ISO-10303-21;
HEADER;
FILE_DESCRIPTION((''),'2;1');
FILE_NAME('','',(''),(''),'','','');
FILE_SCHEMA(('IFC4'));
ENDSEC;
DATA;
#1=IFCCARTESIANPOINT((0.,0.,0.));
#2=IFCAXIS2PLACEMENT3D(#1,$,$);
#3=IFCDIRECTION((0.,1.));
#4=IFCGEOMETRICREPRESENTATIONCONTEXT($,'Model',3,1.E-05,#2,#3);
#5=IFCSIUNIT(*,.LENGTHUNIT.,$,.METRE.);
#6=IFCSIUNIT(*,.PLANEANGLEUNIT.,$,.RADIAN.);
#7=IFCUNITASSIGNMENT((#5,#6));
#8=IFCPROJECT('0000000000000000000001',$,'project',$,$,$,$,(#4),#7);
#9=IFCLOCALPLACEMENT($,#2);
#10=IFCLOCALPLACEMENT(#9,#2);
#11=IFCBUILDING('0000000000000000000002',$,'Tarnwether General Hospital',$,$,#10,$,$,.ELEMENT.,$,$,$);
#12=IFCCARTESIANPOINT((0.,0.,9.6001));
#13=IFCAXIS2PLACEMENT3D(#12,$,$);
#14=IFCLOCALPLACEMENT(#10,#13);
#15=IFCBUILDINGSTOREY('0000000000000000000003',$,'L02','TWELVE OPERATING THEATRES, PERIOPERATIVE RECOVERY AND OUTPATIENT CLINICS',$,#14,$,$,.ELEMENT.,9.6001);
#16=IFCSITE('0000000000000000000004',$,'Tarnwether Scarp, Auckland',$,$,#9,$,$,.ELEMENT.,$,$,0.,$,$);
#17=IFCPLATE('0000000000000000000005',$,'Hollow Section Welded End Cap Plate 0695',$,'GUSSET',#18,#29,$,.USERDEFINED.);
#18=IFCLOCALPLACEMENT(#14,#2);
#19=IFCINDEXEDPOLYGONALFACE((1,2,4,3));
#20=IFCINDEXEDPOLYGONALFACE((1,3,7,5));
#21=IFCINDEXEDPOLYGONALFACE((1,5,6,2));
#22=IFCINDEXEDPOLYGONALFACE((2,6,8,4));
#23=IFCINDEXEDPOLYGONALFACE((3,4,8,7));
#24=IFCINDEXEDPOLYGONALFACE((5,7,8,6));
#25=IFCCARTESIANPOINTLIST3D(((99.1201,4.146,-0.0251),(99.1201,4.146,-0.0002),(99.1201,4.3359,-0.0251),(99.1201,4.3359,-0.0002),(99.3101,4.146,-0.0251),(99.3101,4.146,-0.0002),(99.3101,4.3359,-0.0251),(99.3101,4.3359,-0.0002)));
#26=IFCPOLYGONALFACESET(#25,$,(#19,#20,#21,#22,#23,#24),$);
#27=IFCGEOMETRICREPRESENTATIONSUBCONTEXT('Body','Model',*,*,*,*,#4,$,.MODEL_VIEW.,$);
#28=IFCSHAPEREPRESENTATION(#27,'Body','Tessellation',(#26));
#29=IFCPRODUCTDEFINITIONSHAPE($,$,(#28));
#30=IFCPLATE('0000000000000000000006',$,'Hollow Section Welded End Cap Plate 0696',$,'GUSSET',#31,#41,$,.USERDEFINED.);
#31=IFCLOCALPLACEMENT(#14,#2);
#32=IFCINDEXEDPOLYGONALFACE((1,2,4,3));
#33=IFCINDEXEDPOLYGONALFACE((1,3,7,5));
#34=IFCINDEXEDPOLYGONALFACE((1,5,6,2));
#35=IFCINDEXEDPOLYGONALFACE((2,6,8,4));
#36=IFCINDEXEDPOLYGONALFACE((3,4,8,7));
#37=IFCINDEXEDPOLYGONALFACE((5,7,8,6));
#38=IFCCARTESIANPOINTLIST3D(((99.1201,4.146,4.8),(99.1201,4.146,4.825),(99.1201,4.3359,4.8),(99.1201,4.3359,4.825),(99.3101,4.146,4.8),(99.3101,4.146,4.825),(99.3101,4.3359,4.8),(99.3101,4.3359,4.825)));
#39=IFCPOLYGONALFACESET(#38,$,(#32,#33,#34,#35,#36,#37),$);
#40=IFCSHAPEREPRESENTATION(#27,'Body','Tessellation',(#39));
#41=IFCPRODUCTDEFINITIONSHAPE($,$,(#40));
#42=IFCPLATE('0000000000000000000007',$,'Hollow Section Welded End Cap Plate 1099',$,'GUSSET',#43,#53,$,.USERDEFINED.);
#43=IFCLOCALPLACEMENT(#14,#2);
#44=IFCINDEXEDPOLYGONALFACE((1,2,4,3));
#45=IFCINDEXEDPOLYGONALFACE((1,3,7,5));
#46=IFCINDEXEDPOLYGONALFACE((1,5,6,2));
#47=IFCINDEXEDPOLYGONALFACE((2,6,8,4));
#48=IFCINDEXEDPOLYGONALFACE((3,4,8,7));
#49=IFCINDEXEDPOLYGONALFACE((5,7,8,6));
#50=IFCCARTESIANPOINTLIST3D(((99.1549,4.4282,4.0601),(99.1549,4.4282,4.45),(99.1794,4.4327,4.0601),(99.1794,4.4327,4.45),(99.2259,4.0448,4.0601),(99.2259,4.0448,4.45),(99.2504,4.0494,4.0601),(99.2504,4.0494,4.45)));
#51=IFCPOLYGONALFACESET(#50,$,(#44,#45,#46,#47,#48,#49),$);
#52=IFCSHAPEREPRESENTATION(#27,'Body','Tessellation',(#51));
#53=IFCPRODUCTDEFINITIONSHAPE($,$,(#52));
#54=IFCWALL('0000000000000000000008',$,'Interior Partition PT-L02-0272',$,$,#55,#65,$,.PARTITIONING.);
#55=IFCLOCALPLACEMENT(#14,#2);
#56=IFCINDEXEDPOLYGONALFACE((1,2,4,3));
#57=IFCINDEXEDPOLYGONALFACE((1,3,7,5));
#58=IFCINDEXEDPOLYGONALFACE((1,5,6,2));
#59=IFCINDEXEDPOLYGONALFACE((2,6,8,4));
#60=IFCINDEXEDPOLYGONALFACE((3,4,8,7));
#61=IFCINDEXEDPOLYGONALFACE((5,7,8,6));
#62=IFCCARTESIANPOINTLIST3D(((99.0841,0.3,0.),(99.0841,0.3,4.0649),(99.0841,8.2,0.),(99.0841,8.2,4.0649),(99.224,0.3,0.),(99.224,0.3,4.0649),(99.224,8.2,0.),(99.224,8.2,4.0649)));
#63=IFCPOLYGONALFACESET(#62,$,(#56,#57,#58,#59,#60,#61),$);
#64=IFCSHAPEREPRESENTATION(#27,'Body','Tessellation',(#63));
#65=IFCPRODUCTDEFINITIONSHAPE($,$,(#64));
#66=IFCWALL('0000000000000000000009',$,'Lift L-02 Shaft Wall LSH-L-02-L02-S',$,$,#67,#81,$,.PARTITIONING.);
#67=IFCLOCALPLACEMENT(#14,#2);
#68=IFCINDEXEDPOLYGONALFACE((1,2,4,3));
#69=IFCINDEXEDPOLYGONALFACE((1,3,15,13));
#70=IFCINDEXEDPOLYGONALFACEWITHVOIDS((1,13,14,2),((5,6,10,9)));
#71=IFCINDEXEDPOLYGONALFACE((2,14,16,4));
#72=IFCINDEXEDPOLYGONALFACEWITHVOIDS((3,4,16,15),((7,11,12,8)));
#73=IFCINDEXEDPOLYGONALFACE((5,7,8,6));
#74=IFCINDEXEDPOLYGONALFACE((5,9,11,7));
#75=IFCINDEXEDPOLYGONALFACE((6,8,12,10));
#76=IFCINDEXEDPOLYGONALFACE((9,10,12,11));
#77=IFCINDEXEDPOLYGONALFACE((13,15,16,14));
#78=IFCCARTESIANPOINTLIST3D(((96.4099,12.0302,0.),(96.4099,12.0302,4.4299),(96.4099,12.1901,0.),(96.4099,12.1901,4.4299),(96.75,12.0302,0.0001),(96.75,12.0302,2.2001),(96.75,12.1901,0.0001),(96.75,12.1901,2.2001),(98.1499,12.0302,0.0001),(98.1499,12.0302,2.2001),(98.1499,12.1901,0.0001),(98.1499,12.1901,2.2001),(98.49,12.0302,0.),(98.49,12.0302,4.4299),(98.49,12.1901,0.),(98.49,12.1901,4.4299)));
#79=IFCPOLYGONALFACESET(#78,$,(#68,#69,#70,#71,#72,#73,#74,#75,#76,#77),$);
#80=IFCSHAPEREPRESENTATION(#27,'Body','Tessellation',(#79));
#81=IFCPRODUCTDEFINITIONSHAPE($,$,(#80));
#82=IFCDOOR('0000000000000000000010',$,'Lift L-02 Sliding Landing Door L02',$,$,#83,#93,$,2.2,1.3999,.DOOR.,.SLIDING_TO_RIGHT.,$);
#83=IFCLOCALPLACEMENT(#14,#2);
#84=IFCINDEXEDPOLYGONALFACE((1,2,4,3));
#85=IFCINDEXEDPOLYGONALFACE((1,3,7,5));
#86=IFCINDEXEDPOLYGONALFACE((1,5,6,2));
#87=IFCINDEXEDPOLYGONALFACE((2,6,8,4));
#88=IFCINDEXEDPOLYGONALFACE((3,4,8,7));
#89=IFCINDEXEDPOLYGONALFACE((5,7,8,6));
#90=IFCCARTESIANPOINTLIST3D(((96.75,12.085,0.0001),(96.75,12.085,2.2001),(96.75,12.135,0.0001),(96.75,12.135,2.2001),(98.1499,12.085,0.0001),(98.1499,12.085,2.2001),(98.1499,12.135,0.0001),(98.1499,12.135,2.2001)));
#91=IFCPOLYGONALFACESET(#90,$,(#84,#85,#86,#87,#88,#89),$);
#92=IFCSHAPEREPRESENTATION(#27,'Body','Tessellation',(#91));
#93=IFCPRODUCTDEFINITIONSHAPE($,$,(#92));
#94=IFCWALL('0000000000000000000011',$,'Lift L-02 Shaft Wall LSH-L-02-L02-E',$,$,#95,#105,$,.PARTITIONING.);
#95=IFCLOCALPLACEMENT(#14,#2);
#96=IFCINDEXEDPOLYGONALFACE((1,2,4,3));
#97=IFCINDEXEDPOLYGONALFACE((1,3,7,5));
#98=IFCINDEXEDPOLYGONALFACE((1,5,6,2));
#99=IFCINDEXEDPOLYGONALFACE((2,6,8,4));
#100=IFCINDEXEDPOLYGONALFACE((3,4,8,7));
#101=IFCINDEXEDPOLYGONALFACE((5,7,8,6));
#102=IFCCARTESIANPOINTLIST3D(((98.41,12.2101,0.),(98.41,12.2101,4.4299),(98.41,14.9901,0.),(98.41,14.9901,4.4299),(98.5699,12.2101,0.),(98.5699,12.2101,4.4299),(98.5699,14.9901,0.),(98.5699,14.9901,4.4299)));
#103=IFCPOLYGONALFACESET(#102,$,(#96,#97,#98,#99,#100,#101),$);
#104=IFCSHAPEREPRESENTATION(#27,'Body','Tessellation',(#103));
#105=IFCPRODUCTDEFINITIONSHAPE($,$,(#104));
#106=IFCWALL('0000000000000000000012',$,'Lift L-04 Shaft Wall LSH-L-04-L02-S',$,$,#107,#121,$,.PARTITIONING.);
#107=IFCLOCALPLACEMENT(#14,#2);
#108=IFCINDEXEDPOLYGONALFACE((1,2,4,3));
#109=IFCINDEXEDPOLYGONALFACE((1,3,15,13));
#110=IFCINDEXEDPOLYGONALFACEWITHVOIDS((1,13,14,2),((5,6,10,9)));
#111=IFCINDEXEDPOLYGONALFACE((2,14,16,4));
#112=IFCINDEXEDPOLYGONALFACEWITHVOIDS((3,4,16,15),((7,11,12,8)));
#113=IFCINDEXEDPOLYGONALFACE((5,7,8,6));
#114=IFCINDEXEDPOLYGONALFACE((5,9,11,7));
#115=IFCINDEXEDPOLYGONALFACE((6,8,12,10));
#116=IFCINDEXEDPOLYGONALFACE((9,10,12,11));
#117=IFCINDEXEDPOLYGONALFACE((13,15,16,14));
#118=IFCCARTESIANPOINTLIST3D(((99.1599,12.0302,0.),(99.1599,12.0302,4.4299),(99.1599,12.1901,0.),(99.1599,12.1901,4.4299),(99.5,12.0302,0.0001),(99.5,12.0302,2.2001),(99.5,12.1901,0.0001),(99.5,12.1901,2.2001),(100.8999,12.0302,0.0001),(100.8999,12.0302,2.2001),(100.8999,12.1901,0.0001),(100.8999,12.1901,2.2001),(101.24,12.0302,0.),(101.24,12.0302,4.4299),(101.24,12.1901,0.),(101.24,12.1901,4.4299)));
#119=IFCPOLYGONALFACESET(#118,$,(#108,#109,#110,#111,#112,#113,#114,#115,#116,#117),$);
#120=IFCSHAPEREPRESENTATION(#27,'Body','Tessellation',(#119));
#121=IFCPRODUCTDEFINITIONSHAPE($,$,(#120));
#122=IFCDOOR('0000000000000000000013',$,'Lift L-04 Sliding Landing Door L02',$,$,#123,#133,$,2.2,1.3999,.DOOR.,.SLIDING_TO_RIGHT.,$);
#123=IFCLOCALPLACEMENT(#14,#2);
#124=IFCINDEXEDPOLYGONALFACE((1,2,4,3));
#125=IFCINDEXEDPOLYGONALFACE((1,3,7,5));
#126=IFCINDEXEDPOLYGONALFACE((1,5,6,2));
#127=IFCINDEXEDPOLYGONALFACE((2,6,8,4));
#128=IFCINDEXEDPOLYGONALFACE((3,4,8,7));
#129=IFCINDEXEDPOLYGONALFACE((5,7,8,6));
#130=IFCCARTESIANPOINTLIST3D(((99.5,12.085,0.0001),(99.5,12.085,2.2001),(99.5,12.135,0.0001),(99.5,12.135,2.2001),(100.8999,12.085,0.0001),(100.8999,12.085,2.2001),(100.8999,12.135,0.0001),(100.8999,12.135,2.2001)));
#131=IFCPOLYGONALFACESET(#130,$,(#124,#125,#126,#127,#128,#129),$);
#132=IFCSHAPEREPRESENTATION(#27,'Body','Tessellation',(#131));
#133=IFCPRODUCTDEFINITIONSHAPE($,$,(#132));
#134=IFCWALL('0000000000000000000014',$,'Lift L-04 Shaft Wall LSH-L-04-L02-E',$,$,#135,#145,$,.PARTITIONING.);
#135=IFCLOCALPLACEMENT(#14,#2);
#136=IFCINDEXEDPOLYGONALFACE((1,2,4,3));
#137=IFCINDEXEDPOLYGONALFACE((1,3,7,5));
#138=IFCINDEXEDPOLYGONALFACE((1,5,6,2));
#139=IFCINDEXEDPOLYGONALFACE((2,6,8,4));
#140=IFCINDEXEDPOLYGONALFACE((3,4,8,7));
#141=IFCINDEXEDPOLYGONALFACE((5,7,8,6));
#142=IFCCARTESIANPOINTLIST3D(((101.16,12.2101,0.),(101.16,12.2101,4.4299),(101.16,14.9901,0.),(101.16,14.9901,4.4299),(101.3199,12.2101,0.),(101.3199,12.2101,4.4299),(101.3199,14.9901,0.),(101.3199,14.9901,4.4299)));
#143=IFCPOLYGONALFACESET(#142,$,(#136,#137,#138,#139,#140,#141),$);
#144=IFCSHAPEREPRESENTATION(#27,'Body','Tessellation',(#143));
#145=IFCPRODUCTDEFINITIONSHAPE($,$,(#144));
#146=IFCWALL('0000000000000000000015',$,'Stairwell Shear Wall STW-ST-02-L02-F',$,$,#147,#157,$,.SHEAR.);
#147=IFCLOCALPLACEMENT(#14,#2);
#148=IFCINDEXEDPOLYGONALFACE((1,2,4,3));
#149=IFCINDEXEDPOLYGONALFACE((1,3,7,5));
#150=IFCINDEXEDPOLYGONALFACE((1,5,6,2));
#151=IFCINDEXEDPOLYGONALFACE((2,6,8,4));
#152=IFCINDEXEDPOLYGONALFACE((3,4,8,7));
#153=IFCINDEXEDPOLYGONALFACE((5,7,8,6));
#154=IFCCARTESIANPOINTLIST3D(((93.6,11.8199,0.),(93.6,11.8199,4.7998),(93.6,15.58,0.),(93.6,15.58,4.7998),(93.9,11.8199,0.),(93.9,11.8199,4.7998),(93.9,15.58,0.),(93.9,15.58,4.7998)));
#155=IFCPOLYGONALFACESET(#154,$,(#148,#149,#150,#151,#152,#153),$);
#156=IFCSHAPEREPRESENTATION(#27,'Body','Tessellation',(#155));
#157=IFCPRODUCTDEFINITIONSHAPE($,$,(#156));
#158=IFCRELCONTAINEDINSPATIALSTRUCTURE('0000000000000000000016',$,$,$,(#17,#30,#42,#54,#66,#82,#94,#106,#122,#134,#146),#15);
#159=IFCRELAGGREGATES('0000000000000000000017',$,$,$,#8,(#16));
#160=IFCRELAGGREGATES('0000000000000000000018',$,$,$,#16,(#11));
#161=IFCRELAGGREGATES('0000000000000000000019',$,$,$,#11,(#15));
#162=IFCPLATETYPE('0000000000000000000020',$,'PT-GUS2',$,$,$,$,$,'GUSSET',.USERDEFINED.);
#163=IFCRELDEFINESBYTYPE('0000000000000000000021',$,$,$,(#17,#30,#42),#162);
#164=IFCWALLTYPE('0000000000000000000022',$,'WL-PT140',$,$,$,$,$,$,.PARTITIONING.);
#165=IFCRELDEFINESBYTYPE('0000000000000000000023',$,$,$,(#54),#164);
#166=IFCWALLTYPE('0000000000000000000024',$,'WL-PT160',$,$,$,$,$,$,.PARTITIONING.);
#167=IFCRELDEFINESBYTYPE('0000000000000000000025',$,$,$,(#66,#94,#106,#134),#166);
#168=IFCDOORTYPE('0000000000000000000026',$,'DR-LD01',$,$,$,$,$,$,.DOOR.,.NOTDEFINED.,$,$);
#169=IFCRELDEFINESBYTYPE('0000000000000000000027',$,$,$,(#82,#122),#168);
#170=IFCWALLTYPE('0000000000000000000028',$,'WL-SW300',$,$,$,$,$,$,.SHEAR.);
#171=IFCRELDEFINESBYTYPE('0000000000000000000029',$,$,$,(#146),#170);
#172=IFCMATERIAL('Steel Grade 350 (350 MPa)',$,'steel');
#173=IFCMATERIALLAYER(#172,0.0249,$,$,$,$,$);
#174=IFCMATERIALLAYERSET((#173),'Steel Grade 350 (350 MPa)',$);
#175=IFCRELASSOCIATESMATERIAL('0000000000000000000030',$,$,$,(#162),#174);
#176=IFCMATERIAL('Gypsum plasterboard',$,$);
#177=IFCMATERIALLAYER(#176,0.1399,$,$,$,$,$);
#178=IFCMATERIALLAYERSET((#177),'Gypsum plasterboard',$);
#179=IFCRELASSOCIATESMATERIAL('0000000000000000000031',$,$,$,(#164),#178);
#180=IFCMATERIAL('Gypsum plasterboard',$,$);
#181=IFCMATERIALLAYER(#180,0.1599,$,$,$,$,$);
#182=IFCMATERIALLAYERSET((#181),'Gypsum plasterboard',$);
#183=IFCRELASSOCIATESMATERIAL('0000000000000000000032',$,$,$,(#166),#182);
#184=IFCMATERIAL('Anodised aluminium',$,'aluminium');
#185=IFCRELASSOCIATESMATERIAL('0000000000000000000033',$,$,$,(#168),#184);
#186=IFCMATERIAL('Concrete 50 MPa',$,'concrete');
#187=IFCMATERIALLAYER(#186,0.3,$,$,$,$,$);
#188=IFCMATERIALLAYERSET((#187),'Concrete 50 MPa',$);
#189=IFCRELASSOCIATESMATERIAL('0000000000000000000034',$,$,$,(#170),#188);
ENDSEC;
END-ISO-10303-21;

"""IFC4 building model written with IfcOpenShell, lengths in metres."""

from ifc_helpers import new_model, si_unit, direction, frame, frame_2d, origin, origin_2d, place, context, subcontext, project, spatial, rectangle, extrude, material, layer, layer_set, type_object, element, fill, save


model = new_model("IFC4")

# Units and contexts
model_context = context("Model", 3, precision=1e-05, world=origin(), true_north=direction((0.0, 1.0)))
body_context = subcontext(model_context, "Body", "Model", "MODEL_VIEW")
ifc_project = project(units=[si_unit("LENGTHUNIT", "METRE"), si_unit("PLANEANGLEUNIT", "RADIAN")], contexts=[model_context])

# Site, building, storey
site_placement = place(None, origin())
site = spatial("IfcSite", under=ifc_project, at=site_placement, Name="Tarnwether Scarp, Auckland", CompositionType="ELEMENT", RefElevation=0.0)
building_placement = place(site_placement, origin())
building = spatial("IfcBuilding", under=site, at=building_placement, Name="Tarnwether General Hospital", CompositionType="ELEMENT")
storey_placement = place(building_placement, frame((0.0, 0.0, 9.6001)))
storey = spatial("IfcBuildingStorey", under=building, at=storey_placement, Name="L02", Description="TWELVE OPERATING THEATRES, PERIOPERATIVE RECOVERY AND OUTPATIENT CLINICS", CompositionType="ELEMENT", Elevation=9.6001)

# Plates
ifc_material_1 = material(Name="Steel Grade 350 (350 MPa)", Category="steel")
ifc_layer_1 = layer(ifc_material_1, 0.0249)
ifc_layer_set_1 = layer_set([ifc_layer_1], Name="Steel Grade 350 (350 MPa)")
plate_type_1 = type_object("IfcPlateType", Name="PT-GUS2", ElementType="GUSSET", PredefinedType="USERDEFINED", material=ifc_layer_set_1)
for number, where, z_axis, x_axis, name in (
    (1, (99.2151, 4.241, -0.0251), (0.0, 0.0, 1.0), (1.0, 0.0, 0.0), "Hollow Section Welded End Cap Plate 0695"),
    (2, (99.2151, 4.241, 4.8), (0.0, 0.0, 1.0), (1.0, 0.0, 0.0), "Hollow Section Welded End Cap Plate 0696"),
):
    element("IfcPlate", number, at=place(storey_placement, frame(where, z_axis=z_axis, x_axis=x_axis)), inside=storey, type_object=plate_type_1, Name=name, ObjectType="GUSSET", PredefinedType="USERDEFINED", context=body_context, shape_type="SweptSolid", body=[
        extrude(rectangle(XDim=0.1899, YDim=0.1899, at=origin_2d()), origin(), (0.0, 0.0, 1.0), 0.0249),
    ])
plate_1_placement = place(storey_placement, frame((99.2026, 4.2388, 4.0601), z_axis=(0.0, 0.0, 1.0), x_axis=(0.983261, 0.182201, 0.0)))
element("IfcPlate", 3, at=plate_1_placement, inside=storey, type_object=plate_type_1, Name="Hollow Section Welded End Cap Plate 1099", ObjectType="GUSSET", PredefinedType="USERDEFINED", context=body_context, shape_type="SweptSolid", body=[
    extrude(rectangle(XDim=0.0249, YDim=0.3899, at=origin_2d()), origin(), (0.0, 0.0, 1.0), 0.3899),
])

# Wall
ifc_material_2 = material(Name="Gypsum plasterboard")
ifc_layer_2 = layer(ifc_material_2, 0.1399)
ifc_layer_set_2 = layer_set([ifc_layer_2], Name="Gypsum plasterboard")
wall_type_1 = type_object("IfcWallType", Name="WL-PT140", PredefinedType="PARTITIONING", material=ifc_layer_set_2)
wall_1_placement = place(storey_placement, frame((99.1541, 0.3, 0.0), z_axis=(0.0, 0.0, 1.0), x_axis=(0.0, 1.0, 0.0)))
element("IfcWall", 4, at=wall_1_placement, inside=storey, type_object=wall_type_1, Name="Interior Partition PT-L02-0272", PredefinedType="PARTITIONING", context=body_context, shape_type="SweptSolid", body=[
    extrude(rectangle(XDim=7.8999, YDim=0.1399, at=frame_2d((3.95, 0.0))), origin(), (0.0, 0.0, 1.0), 4.0649),
])

# Wall, opening, door
ifc_material_3 = material(Name="Gypsum plasterboard")
ifc_layer_3 = layer(ifc_material_3, 0.1599)
ifc_layer_set_3 = layer_set([ifc_layer_3], Name="Gypsum plasterboard")
wall_type_2 = type_object("IfcWallType", Name="WL-PT160", PredefinedType="PARTITIONING", material=ifc_layer_set_3)
wall_2_placement = place(storey_placement, frame((96.4099, 12.1101, 0.0), z_axis=(0.0, 0.0, 1.0), x_axis=(1.0, 0.0, 0.0)))
wall_2 = element("IfcWall", 5, at=wall_2_placement, inside=storey, type_object=wall_type_2, Name="Lift L-02 Shaft Wall LSH-L-02-L02-S", PredefinedType="PARTITIONING", context=body_context, shape_type="SweptSolid", body=[
    extrude(rectangle(XDim=2.0801, YDim=0.1599, at=frame_2d((1.04, 0.0))), origin(), (0.0, 0.0, 1.0), 4.4299),
])
opening_1_placement = place(wall_2_placement, frame((0.3401, 0.0, 0.0)))
opening_1 = element("IfcOpeningElement", 6, at=opening_1_placement, cuts=wall_2, PredefinedType="OPENING", context=body_context, shape_type="SweptSolid", body=[
    extrude(rectangle(XDim=1.3999, YDim=2.2, at=frame_2d((0.7, 1.1001))), frame((0.0, 0.0898, 0.0), z_axis=(0.0, -1.0, 0.0), x_axis=(1.0, 0.0, 0.0)), (0.0, 0.0, 1.0), 0.1799),
])
ifc_material_4 = material(Name="Anodised aluminium", Category="aluminium")
door_type_1 = type_object("IfcDoorType", Name="DR-LD01", OperationType="NOTDEFINED", PredefinedType="DOOR", material=ifc_material_4)
door_1_placement = place(opening_1_placement, origin())
door_1 = element("IfcDoor", 7, at=door_1_placement, inside=storey, type_object=door_type_1, Name="Lift L-02 Sliding Landing Door L02", OperationType="SLIDING_TO_RIGHT", OverallHeight=2.2, OverallWidth=1.3999, PredefinedType="DOOR", context=body_context, shape_type="SweptSolid", body=[
    extrude(rectangle(XDim=1.3999, YDim=2.2, at=frame_2d((0.7, 1.1001))), frame((0.0, 0.0249, 0.0), z_axis=(0.0, -1.0, 0.0), x_axis=(1.0, 0.0, 0.0)), (0.0, 0.0, 1.0), 0.05),
])
fill(opening_1, door_1)

# Wall
wall_3_placement = place(storey_placement, frame((98.49, 12.21, 0.0), z_axis=(0.0, 0.0, 1.0), x_axis=(0.0, 1.0, 0.0)))
element("IfcWall", 8, at=wall_3_placement, inside=storey, type_object=wall_type_2, Name="Lift L-02 Shaft Wall LSH-L-02-L02-E", PredefinedType="PARTITIONING", context=body_context, shape_type="SweptSolid", body=[
    extrude(rectangle(XDim=2.78, YDim=0.1599, at=frame_2d((1.3901, 0.0))), origin(), (0.0, 0.0, 1.0), 4.4299),
])

# Wall, opening, door
wall_4_placement = place(storey_placement, frame((99.1599, 12.1101, 0.0), z_axis=(0.0, 0.0, 1.0), x_axis=(1.0, 0.0, 0.0)))
wall_4 = element("IfcWall", 9, at=wall_4_placement, inside=storey, type_object=wall_type_2, Name="Lift L-04 Shaft Wall LSH-L-04-L02-S", PredefinedType="PARTITIONING", context=body_context, shape_type="SweptSolid", body=[
    extrude(rectangle(XDim=2.0801, YDim=0.1599, at=frame_2d((1.04, 0.0))), origin(), (0.0, 0.0, 1.0), 4.4299),
])
opening_2_placement = place(wall_4_placement, frame((0.3401, 0.0, 0.0)))
opening_2 = element("IfcOpeningElement", 10, at=opening_2_placement, cuts=wall_4, PredefinedType="OPENING", context=body_context, shape_type="SweptSolid", body=[
    extrude(rectangle(XDim=1.3999, YDim=2.2, at=frame_2d((0.7, 1.1001))), frame((0.0, 0.0898, 0.0), z_axis=(0.0, -1.0, 0.0), x_axis=(1.0, 0.0, 0.0)), (0.0, 0.0, 1.0), 0.1799),
])
door_2_placement = place(opening_2_placement, origin())
door_2 = element("IfcDoor", 11, at=door_2_placement, inside=storey, type_object=door_type_1, Name="Lift L-04 Sliding Landing Door L02", OperationType="SLIDING_TO_RIGHT", OverallHeight=2.2, OverallWidth=1.3999, PredefinedType="DOOR", context=body_context, shape_type="SweptSolid", body=[
    extrude(rectangle(XDim=1.3999, YDim=2.2, at=frame_2d((0.7, 1.1001))), frame((0.0, 0.0249, 0.0), z_axis=(0.0, -1.0, 0.0), x_axis=(1.0, 0.0, 0.0)), (0.0, 0.0, 1.0), 0.05),
])
fill(opening_2, door_2)

# Wall
wall_5_placement = place(storey_placement, frame((101.24, 12.21, 0.0), z_axis=(0.0, 0.0, 1.0), x_axis=(0.0, 1.0, 0.0)))
element("IfcWall", 12, at=wall_5_placement, inside=storey, type_object=wall_type_2, Name="Lift L-04 Shaft Wall LSH-L-04-L02-E", PredefinedType="PARTITIONING", context=body_context, shape_type="SweptSolid", body=[
    extrude(rectangle(XDim=2.78, YDim=0.1599, at=frame_2d((1.3901, 0.0))), origin(), (0.0, 0.0, 1.0), 4.4299),
])

# Wall
ifc_material_5 = material(Name="Concrete 50 MPa", Category="concrete")
ifc_layer_4 = layer(ifc_material_5, 0.3)
ifc_layer_set_4 = layer_set([ifc_layer_4], Name="Concrete 50 MPa")
wall_type_3 = type_object("IfcWallType", Name="WL-SW300", PredefinedType="SHEAR", material=ifc_layer_set_4)
wall_6_placement = place(storey_placement, frame((93.75, 11.8201, 0.0), z_axis=(0.0, 0.0, 1.0), x_axis=(0.0, 1.0, 0.0)))
element("IfcWall", 13, at=wall_6_placement, inside=storey, type_object=wall_type_3, Name="Stairwell Shear Wall STW-ST-02-L02-F", PredefinedType="SHEAR", context=body_context, shape_type="SweptSolid", body=[
    extrude(rectangle(XDim=3.76, YDim=0.3, at=frame_2d((1.8799, 0.0))), origin(), (0.0, 0.0, 1.0), 4.7998),
])

save(model, "model.ifc")
